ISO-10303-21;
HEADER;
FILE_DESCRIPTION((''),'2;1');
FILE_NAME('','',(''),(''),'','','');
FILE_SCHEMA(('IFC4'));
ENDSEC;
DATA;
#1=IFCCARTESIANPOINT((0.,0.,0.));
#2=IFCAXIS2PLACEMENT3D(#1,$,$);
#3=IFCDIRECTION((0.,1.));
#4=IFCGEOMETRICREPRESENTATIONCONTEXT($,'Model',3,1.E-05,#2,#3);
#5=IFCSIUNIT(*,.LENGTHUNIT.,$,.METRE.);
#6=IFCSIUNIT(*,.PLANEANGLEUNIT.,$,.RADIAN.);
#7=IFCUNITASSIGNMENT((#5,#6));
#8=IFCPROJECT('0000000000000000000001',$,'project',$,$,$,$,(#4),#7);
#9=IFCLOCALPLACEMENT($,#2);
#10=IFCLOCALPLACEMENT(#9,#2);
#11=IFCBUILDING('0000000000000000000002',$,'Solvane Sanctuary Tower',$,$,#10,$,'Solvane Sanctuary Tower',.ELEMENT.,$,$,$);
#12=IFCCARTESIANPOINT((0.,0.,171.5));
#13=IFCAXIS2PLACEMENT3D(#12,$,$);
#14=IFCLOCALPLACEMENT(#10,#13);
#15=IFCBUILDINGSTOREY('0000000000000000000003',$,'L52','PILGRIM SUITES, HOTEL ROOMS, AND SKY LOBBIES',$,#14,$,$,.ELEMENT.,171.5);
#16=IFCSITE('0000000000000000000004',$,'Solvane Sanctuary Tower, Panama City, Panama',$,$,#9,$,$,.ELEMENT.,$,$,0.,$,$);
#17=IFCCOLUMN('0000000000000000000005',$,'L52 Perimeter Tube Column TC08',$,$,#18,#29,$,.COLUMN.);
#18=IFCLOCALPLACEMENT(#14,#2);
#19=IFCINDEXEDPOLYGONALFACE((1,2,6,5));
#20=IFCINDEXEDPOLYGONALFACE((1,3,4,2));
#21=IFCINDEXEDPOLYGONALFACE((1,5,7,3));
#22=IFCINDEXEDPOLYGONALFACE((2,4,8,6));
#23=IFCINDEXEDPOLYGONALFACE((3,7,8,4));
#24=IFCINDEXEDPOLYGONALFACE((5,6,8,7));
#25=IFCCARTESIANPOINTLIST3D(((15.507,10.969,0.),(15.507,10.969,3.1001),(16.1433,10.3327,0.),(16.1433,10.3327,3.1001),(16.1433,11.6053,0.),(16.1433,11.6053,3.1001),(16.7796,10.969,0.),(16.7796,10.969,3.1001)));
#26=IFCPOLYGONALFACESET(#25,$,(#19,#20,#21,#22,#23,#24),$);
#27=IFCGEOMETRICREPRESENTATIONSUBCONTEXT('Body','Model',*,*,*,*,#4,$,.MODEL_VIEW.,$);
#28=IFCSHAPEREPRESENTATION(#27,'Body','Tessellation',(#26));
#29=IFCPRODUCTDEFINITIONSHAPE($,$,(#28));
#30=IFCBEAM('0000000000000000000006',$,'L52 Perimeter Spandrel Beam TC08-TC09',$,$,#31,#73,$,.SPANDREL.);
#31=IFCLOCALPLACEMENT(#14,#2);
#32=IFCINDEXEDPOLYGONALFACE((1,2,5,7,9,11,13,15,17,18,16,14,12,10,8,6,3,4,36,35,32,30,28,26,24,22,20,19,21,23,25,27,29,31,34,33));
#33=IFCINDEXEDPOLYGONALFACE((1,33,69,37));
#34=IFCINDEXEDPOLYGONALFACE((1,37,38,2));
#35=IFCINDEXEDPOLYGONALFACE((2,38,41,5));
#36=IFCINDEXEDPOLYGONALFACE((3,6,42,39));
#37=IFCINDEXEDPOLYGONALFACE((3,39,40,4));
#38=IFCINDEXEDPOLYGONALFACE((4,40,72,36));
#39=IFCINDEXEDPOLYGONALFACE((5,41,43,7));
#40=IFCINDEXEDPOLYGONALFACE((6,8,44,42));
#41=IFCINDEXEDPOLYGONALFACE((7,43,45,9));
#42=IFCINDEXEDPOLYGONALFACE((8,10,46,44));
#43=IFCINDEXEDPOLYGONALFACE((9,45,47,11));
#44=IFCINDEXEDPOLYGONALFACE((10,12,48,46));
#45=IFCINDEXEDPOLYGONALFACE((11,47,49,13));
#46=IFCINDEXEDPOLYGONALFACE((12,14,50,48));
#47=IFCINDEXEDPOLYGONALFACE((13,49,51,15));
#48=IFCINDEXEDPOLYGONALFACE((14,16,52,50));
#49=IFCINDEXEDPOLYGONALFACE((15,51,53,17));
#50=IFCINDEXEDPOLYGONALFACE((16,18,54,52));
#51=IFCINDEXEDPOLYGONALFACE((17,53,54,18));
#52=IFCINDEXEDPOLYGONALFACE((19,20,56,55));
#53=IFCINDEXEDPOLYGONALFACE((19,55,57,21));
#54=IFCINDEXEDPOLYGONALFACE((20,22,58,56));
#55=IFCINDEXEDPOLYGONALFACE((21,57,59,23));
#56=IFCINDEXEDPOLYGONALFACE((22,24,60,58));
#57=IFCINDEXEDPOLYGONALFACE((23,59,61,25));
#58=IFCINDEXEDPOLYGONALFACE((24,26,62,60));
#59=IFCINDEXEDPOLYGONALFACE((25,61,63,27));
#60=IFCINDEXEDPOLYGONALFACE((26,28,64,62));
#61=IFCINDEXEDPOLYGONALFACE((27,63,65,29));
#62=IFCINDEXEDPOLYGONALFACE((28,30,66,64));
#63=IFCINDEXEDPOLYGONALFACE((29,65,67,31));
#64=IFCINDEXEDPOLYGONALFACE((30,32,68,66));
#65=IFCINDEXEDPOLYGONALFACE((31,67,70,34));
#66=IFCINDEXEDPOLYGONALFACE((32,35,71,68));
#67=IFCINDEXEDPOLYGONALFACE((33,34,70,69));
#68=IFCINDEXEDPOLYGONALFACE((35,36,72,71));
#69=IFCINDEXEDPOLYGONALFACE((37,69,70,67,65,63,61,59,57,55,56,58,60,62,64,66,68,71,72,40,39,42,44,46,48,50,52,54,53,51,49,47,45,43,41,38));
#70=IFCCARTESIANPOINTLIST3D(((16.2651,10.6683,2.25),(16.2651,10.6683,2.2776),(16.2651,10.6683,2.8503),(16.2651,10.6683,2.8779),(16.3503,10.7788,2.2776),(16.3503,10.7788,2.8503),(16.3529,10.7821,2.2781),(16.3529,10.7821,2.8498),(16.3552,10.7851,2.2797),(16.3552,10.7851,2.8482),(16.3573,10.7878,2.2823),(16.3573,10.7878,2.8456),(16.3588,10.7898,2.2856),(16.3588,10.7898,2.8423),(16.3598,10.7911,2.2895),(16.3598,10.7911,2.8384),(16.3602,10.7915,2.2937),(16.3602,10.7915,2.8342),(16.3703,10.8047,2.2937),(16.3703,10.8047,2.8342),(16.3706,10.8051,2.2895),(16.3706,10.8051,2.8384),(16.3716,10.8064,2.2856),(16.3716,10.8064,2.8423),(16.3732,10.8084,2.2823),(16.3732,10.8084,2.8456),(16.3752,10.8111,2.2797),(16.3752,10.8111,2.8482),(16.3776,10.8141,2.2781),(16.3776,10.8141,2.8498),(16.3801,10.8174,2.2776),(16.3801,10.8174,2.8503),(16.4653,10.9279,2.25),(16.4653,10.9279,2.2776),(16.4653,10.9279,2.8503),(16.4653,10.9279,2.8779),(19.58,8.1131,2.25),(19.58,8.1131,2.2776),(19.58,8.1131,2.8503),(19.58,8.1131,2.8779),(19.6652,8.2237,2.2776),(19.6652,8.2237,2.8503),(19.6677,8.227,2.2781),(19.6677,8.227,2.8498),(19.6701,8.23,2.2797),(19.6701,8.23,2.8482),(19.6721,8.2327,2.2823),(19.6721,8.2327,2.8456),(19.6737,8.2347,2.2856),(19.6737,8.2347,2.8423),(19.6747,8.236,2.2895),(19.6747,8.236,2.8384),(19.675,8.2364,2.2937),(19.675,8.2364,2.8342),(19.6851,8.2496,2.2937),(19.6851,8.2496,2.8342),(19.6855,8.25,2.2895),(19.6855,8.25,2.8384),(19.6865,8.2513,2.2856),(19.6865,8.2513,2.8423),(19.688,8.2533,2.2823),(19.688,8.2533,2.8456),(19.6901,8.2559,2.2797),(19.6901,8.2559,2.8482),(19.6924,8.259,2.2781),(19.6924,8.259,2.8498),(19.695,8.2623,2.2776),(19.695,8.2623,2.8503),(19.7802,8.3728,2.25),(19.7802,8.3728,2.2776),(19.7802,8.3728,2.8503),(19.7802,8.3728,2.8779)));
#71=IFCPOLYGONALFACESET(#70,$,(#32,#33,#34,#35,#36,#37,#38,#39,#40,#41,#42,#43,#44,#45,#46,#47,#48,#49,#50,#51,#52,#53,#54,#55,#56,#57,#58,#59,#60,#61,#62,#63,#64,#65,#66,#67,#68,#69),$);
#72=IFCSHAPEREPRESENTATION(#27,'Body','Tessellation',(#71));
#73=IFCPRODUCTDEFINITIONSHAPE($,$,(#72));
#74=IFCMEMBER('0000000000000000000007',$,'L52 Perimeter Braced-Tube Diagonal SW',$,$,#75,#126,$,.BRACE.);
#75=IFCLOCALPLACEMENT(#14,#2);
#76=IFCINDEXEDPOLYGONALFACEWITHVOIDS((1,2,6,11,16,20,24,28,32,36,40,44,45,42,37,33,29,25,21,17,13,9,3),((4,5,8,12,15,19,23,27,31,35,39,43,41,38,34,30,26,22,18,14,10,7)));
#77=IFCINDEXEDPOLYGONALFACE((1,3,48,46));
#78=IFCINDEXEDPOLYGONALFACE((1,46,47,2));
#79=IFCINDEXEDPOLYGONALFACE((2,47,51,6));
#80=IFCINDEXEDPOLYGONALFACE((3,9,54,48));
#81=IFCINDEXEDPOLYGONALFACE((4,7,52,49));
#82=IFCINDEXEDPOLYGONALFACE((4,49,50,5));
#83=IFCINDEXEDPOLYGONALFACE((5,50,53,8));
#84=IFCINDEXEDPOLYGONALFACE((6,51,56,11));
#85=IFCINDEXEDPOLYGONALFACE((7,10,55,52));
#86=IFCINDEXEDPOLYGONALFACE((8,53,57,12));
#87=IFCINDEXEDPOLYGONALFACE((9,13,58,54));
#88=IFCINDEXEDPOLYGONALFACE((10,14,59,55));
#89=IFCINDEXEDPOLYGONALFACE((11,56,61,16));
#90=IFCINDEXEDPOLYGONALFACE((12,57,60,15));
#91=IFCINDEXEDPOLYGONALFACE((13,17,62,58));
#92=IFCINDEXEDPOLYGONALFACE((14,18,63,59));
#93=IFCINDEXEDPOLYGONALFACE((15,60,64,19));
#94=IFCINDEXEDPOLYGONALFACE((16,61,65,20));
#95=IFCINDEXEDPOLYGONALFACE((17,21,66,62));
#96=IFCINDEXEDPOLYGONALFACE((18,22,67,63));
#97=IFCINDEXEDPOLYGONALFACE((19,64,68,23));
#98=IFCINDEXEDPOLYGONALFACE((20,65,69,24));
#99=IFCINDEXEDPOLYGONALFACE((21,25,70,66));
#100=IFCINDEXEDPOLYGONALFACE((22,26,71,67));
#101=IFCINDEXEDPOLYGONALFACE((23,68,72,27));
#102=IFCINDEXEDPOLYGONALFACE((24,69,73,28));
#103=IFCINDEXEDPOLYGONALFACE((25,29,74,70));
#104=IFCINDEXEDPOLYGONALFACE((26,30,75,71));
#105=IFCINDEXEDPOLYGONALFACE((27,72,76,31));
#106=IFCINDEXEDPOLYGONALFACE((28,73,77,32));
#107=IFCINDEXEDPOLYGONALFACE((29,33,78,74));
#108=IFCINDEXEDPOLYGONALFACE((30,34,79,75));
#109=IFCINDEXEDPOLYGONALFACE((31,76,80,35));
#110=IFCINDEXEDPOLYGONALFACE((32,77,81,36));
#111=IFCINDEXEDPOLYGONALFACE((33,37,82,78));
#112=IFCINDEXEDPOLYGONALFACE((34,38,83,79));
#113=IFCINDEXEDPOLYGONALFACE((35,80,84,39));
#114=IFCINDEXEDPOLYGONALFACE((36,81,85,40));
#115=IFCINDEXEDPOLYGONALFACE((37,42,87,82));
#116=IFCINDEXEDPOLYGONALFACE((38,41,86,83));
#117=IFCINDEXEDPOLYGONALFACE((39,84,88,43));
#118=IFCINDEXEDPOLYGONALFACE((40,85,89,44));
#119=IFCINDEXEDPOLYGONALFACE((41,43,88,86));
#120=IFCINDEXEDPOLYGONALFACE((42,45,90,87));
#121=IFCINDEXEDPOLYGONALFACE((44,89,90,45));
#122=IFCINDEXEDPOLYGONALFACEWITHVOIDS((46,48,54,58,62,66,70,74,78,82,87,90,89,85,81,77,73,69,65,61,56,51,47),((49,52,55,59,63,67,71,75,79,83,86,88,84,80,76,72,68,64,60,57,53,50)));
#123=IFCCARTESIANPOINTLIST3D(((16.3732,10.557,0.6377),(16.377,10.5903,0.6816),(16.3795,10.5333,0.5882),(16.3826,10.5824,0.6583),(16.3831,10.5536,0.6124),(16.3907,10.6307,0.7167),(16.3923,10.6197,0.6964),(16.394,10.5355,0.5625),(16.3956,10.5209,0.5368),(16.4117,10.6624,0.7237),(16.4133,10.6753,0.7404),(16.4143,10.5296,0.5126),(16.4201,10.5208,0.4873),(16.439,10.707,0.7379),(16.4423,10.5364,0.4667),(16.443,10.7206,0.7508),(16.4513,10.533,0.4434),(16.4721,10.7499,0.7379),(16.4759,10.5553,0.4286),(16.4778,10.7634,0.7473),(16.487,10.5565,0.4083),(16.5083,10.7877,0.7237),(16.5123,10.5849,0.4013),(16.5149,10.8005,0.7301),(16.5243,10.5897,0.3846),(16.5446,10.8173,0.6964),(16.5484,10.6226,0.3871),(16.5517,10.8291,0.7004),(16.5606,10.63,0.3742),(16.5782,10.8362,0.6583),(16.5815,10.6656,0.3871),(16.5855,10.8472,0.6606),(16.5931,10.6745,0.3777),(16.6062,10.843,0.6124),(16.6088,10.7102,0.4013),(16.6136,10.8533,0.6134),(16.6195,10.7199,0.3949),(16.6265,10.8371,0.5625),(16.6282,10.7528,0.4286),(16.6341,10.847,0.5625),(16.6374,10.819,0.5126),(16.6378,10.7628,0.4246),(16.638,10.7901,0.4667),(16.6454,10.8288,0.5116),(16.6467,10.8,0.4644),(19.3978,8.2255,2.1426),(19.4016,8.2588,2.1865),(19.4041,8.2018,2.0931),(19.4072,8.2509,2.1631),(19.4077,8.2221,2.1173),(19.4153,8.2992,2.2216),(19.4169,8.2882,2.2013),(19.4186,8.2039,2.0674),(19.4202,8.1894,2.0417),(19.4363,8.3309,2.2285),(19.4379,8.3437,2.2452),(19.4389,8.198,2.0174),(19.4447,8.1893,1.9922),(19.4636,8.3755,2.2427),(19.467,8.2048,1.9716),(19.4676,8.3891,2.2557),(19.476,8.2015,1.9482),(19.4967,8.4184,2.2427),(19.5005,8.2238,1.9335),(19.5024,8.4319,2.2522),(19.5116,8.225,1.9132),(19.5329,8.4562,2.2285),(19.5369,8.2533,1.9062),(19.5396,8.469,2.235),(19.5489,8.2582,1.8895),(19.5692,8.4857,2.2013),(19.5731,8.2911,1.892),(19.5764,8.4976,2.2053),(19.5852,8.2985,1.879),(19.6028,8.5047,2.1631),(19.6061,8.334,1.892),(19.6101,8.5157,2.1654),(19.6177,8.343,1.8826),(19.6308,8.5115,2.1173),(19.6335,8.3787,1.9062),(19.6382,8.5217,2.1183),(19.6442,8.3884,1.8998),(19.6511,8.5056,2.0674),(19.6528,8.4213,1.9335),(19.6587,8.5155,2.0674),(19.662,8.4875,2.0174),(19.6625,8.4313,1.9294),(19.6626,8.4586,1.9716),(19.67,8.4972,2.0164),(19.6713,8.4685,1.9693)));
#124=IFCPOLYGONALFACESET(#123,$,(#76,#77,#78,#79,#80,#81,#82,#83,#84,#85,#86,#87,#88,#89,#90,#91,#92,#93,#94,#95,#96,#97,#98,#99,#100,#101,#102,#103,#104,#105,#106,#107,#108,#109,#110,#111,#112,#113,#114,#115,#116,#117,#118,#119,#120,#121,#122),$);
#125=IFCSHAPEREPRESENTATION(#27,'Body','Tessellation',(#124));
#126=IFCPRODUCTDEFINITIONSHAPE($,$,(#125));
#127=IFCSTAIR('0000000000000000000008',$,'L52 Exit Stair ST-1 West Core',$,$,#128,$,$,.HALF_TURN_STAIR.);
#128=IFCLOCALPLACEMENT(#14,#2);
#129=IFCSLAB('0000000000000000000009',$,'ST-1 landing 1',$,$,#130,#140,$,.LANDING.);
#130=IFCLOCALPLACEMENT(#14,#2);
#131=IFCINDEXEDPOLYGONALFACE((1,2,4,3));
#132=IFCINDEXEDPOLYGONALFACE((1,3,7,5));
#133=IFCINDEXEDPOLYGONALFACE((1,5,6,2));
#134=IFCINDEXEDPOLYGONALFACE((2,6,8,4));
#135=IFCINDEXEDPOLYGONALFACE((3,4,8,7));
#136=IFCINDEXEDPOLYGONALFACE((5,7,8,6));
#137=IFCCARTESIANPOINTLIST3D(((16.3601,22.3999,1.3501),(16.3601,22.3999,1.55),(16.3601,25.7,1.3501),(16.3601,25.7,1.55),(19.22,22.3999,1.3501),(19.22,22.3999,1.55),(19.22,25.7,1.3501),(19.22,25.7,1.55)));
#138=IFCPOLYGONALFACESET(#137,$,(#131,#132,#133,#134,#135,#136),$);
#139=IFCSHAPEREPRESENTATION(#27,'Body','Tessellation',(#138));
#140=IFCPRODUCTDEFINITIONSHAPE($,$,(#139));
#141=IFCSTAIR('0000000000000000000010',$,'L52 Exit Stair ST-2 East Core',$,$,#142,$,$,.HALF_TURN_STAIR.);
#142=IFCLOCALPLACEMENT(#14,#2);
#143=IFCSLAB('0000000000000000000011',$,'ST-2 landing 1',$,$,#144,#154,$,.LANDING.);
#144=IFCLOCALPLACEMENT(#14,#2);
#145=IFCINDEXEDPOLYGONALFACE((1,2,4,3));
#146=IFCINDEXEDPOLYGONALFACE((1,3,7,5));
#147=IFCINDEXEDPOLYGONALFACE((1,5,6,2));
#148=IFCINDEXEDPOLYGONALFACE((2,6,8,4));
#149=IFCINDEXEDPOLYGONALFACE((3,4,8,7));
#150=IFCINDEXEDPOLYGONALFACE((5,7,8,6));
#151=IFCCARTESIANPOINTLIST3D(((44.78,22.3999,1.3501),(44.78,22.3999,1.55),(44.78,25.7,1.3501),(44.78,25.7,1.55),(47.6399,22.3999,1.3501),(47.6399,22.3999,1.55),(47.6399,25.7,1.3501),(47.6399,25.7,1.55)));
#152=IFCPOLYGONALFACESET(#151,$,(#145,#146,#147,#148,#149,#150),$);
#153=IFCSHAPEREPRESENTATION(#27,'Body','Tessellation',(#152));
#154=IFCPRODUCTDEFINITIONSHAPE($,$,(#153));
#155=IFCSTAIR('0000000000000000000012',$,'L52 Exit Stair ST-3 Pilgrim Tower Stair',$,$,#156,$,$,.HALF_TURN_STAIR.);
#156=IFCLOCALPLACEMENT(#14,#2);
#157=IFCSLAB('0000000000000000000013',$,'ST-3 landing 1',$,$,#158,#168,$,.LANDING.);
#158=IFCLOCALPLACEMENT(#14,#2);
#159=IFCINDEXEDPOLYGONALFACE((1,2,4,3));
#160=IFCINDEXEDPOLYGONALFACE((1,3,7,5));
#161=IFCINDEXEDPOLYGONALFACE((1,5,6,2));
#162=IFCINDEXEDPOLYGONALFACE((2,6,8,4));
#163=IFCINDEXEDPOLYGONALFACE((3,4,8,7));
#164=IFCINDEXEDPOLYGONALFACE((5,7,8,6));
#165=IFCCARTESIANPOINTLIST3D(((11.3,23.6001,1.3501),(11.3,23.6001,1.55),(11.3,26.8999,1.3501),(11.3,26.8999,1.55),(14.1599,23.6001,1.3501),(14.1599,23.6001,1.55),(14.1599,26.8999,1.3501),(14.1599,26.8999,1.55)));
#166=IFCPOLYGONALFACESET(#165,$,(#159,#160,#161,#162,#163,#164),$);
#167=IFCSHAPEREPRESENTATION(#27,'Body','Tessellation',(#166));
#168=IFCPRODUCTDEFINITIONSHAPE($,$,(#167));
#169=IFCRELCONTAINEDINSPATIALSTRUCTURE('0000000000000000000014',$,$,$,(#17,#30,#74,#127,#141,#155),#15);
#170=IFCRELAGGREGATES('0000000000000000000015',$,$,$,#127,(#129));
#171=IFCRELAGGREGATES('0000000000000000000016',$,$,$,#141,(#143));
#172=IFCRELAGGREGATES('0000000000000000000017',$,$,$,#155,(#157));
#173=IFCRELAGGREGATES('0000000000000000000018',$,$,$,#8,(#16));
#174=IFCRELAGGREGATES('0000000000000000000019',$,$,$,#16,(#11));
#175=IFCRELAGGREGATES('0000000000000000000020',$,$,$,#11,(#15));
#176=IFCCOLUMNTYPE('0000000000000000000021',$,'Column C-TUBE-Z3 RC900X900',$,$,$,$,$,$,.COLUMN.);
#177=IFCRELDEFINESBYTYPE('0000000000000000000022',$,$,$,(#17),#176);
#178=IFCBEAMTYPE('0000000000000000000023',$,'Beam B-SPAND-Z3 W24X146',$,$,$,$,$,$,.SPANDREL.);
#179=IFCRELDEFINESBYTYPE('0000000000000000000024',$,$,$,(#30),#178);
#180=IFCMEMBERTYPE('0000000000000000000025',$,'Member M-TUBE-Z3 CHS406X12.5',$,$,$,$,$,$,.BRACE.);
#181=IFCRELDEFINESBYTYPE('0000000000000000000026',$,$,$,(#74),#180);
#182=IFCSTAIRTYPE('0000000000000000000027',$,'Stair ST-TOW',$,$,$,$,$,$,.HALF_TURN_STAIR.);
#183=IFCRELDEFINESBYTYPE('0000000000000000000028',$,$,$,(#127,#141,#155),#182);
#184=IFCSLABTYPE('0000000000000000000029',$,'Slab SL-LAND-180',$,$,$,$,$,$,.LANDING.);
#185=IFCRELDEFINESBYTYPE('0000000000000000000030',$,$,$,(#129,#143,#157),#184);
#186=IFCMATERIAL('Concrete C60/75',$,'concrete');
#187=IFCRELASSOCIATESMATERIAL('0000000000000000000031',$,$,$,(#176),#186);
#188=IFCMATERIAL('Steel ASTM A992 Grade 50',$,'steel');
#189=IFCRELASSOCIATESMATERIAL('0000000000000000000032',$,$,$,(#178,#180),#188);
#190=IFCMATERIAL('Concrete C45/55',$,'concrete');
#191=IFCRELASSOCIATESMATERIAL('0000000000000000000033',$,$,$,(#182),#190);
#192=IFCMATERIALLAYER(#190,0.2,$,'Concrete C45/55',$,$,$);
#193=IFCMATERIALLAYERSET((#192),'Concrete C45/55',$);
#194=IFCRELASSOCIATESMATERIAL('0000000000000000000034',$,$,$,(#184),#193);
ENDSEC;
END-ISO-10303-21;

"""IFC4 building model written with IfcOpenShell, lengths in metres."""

from ifc_helpers import new_model, si_unit, direction, frame, origin, origin_2d, place, context, subcontext, project, spatial, polyline, rectangle, hollow_circle, i_section, outline, extrude, material, layer, layer_set, material_profile, profile_set, type_object, element, aggregate, save


model = new_model("IFC4")

# Units and contexts
model_context = context("Model", 3, precision=1e-05, world=origin(), true_north=direction((0.0, 1.0)))
body_context = subcontext(model_context, "Body", "Model", "MODEL_VIEW")
ifc_project = project(units=[si_unit("LENGTHUNIT", "METRE"), si_unit("PLANEANGLEUNIT", "RADIAN")], contexts=[model_context])

# Site, building, storey
site_placement = place(None, origin())
site = spatial("IfcSite", under=ifc_project, at=site_placement, Name="Solvane Sanctuary Tower, Panama City, Panama", CompositionType="ELEMENT", RefElevation=0.0)
building_placement = place(site_placement, origin())
building = spatial("IfcBuilding", under=site, at=building_placement, Name="Solvane Sanctuary Tower", LongName="Solvane Sanctuary Tower", CompositionType="ELEMENT")
storey_placement = place(building_placement, frame((0.0, 0.0, 171.5)))
storey = spatial("IfcBuildingStorey", under=building, at=storey_placement, Name="L52", Description="PILGRIM SUITES, HOTEL ROOMS, AND SKY LOBBIES", CompositionType="ELEMENT", Elevation=171.5)

# Column
ifc_material_1 = material(Name="Concrete C60/75", Category="concrete")
ifc_material_profile_1 = material_profile(ifc_material_1, rectangle(XDim=0.8999, YDim=0.8999, at=origin_2d()), Name="RC900X900")
ifc_profile_set_1 = profile_set([ifc_material_profile_1], Name="Concrete C60/75")
column_type = type_object("IfcColumnType", Name="Column C-TUBE-Z3 RC900X900", PredefinedType="COLUMN", material=ifc_profile_set_1)
column_placement = place(storey_placement, frame((16.1433, 10.969, 0.0), z_axis=(0.0, 0.0, 1.0), x_axis=(-0.707107, -0.707107, 0.0)))
element("IfcColumn", 1, at=column_placement, inside=storey, type_object=column_type, Name="L52 Perimeter Tube Column TC08", PredefinedType="COLUMN", context=body_context, shape_type="SweptSolid", body=[
    extrude(rectangle(XDim=0.8999, YDim=0.8999, at=origin_2d()), origin(), (0.0, 0.0, 1.0), 3.1001),
])

# Beam
ifc_material_2 = material(Name="Steel ASTM A992 Grade 50", Category="steel")
ifc_material_profile_2 = material_profile(ifc_material_2, i_section(OverallWidth=0.3279, OverallDepth=0.6279, WebThickness=0.0166, FlangeThickness=0.0276, FilletRadius=0.0161, at=origin_2d()), Name="W24X146")
ifc_profile_set_2 = profile_set([ifc_material_profile_2], Name="Steel ASTM A992 Grade 50")
beam_type = type_object("IfcBeamType", Name="Beam B-SPAND-Z3 W24X146", PredefinedType="SPANDREL", material=ifc_profile_set_2)
beam_placement = place(storey_placement, frame((16.3652, 10.7981, 2.564), z_axis=(0.792021, -0.610494, 0.0), x_axis=(0.610494, 0.792021, 0.0)))
element("IfcBeam", 2, at=beam_placement, inside=storey, type_object=beam_type, Name="L52 Perimeter Spandrel Beam TC08-TC09", PredefinedType="SPANDREL", context=body_context, shape_type="SweptSolid", body=[
    extrude(i_section(OverallWidth=0.3279, OverallDepth=0.6279, WebThickness=0.0166, FlangeThickness=0.0276, FilletRadius=0.0161, at=origin_2d()), origin(), (0.0, 0.0, 1.0), 4.1853),
])

# Member
ifc_material_profile_3 = material_profile(ifc_material_2, hollow_circle(Radius=0.2029, WallThickness=0.0125, at=origin_2d()), Name="CHS406X12.5")
ifc_profile_set_3 = profile_set([ifc_material_profile_3], Name="Steel ASTM A992 Grade 50")
member_type = type_object("IfcMemberType", Name="Member M-TUBE-Z3 CHS406X12.5", PredefinedType="BRACE", material=ifc_profile_set_3)
member_placement = place(storey_placement, frame((16.5103, 10.6863, 0.5625), z_axis=(0.73686, -0.568005, 0.366616), x_axis=(0.610514, 0.792006, 0.0)))
element("IfcMember", 3, at=member_placement, inside=storey, type_object=member_type, Name="L52 Perimeter Braced-Tube Diagonal SW", PredefinedType="BRACE", context=body_context, shape_type="SweptSolid", body=[
    extrude(hollow_circle(Radius=0.2029, WallThickness=0.0125, at=origin_2d()), origin(), (0.0, 0.0, 1.0), 4.1047),
])

# Stairs, slabs
ifc_material_3 = material(Name="Concrete C45/55", Category="concrete")
stair_type = type_object("IfcStairType", Name="Stair ST-TOW", PredefinedType="HALF_TURN_STAIR", material=ifc_material_3)
stair_1_placement = place(storey_placement, origin())
stair_1 = element("IfcStair", 4, at=stair_1_placement, inside=storey, type_object=stair_type, Name="L52 Exit Stair ST-1 West Core", PredefinedType="HALF_TURN_STAIR")
ifc_layer_1 = layer(ifc_material_3, 0.2, Name="Concrete C45/55")
ifc_layer_set_1 = layer_set([ifc_layer_1], Name="Concrete C45/55")
slab_type_1 = type_object("IfcSlabType", Name="Slab SL-LAND-180", PredefinedType="LANDING", material=ifc_layer_set_1)
slab_1_placement = place(storey_placement, frame((0.0, 0.0, 1.3501)))
slab_1 = element("IfcSlab", 5, at=slab_1_placement, type_object=slab_type_1, Name="ST-1 landing 1", PredefinedType="LANDING", context=body_context, shape_type="SweptSolid", body=[
    extrude(outline(polyline([(19.22, 22.3999), (19.22, 25.7), (16.3601, 25.7), (16.3601, 22.3999), (19.22, 22.3999)])), origin(), (0.0, 0.0, 1.0), 0.2),
])
aggregate(stair_1, [slab_1])
stair_2_placement = place(storey_placement, origin())
stair_2 = element("IfcStair", 6, at=stair_2_placement, inside=storey, type_object=stair_type, Name="L52 Exit Stair ST-2 East Core", PredefinedType="HALF_TURN_STAIR")
slab_2_placement = place(storey_placement, frame((0.0, 0.0, 1.3501)))
slab_2 = element("IfcSlab", 7, at=slab_2_placement, type_object=slab_type_1, Name="ST-2 landing 1", PredefinedType="LANDING", context=body_context, shape_type="SweptSolid", body=[
    extrude(outline(polyline([(47.6399, 22.3999), (47.6399, 25.7), (44.78, 25.7), (44.78, 22.3999), (47.6399, 22.3999)])), origin(), (0.0, 0.0, 1.0), 0.2),
])
aggregate(stair_2, [slab_2])
stair_3_placement = place(storey_placement, origin())
stair_3 = element("IfcStair", 8, at=stair_3_placement, inside=storey, type_object=stair_type, Name="L52 Exit Stair ST-3 Pilgrim Tower Stair", PredefinedType="HALF_TURN_STAIR")
slab_3_placement = place(storey_placement, frame((0.0, 0.0, 1.3501)))
slab_3 = element("IfcSlab", 9, at=slab_3_placement, type_object=slab_type_1, Name="ST-3 landing 1", PredefinedType="LANDING", context=body_context, shape_type="SweptSolid", body=[
    extrude(outline(polyline([(14.1599, 23.6001), (14.1599, 26.8999), (11.3, 26.8999), (11.3, 23.6001), (14.1599, 23.6001)])), origin(), (0.0, 0.0, 1.0), 0.2),
])
aggregate(stair_3, [slab_3])

save(model, "model.ifc")
